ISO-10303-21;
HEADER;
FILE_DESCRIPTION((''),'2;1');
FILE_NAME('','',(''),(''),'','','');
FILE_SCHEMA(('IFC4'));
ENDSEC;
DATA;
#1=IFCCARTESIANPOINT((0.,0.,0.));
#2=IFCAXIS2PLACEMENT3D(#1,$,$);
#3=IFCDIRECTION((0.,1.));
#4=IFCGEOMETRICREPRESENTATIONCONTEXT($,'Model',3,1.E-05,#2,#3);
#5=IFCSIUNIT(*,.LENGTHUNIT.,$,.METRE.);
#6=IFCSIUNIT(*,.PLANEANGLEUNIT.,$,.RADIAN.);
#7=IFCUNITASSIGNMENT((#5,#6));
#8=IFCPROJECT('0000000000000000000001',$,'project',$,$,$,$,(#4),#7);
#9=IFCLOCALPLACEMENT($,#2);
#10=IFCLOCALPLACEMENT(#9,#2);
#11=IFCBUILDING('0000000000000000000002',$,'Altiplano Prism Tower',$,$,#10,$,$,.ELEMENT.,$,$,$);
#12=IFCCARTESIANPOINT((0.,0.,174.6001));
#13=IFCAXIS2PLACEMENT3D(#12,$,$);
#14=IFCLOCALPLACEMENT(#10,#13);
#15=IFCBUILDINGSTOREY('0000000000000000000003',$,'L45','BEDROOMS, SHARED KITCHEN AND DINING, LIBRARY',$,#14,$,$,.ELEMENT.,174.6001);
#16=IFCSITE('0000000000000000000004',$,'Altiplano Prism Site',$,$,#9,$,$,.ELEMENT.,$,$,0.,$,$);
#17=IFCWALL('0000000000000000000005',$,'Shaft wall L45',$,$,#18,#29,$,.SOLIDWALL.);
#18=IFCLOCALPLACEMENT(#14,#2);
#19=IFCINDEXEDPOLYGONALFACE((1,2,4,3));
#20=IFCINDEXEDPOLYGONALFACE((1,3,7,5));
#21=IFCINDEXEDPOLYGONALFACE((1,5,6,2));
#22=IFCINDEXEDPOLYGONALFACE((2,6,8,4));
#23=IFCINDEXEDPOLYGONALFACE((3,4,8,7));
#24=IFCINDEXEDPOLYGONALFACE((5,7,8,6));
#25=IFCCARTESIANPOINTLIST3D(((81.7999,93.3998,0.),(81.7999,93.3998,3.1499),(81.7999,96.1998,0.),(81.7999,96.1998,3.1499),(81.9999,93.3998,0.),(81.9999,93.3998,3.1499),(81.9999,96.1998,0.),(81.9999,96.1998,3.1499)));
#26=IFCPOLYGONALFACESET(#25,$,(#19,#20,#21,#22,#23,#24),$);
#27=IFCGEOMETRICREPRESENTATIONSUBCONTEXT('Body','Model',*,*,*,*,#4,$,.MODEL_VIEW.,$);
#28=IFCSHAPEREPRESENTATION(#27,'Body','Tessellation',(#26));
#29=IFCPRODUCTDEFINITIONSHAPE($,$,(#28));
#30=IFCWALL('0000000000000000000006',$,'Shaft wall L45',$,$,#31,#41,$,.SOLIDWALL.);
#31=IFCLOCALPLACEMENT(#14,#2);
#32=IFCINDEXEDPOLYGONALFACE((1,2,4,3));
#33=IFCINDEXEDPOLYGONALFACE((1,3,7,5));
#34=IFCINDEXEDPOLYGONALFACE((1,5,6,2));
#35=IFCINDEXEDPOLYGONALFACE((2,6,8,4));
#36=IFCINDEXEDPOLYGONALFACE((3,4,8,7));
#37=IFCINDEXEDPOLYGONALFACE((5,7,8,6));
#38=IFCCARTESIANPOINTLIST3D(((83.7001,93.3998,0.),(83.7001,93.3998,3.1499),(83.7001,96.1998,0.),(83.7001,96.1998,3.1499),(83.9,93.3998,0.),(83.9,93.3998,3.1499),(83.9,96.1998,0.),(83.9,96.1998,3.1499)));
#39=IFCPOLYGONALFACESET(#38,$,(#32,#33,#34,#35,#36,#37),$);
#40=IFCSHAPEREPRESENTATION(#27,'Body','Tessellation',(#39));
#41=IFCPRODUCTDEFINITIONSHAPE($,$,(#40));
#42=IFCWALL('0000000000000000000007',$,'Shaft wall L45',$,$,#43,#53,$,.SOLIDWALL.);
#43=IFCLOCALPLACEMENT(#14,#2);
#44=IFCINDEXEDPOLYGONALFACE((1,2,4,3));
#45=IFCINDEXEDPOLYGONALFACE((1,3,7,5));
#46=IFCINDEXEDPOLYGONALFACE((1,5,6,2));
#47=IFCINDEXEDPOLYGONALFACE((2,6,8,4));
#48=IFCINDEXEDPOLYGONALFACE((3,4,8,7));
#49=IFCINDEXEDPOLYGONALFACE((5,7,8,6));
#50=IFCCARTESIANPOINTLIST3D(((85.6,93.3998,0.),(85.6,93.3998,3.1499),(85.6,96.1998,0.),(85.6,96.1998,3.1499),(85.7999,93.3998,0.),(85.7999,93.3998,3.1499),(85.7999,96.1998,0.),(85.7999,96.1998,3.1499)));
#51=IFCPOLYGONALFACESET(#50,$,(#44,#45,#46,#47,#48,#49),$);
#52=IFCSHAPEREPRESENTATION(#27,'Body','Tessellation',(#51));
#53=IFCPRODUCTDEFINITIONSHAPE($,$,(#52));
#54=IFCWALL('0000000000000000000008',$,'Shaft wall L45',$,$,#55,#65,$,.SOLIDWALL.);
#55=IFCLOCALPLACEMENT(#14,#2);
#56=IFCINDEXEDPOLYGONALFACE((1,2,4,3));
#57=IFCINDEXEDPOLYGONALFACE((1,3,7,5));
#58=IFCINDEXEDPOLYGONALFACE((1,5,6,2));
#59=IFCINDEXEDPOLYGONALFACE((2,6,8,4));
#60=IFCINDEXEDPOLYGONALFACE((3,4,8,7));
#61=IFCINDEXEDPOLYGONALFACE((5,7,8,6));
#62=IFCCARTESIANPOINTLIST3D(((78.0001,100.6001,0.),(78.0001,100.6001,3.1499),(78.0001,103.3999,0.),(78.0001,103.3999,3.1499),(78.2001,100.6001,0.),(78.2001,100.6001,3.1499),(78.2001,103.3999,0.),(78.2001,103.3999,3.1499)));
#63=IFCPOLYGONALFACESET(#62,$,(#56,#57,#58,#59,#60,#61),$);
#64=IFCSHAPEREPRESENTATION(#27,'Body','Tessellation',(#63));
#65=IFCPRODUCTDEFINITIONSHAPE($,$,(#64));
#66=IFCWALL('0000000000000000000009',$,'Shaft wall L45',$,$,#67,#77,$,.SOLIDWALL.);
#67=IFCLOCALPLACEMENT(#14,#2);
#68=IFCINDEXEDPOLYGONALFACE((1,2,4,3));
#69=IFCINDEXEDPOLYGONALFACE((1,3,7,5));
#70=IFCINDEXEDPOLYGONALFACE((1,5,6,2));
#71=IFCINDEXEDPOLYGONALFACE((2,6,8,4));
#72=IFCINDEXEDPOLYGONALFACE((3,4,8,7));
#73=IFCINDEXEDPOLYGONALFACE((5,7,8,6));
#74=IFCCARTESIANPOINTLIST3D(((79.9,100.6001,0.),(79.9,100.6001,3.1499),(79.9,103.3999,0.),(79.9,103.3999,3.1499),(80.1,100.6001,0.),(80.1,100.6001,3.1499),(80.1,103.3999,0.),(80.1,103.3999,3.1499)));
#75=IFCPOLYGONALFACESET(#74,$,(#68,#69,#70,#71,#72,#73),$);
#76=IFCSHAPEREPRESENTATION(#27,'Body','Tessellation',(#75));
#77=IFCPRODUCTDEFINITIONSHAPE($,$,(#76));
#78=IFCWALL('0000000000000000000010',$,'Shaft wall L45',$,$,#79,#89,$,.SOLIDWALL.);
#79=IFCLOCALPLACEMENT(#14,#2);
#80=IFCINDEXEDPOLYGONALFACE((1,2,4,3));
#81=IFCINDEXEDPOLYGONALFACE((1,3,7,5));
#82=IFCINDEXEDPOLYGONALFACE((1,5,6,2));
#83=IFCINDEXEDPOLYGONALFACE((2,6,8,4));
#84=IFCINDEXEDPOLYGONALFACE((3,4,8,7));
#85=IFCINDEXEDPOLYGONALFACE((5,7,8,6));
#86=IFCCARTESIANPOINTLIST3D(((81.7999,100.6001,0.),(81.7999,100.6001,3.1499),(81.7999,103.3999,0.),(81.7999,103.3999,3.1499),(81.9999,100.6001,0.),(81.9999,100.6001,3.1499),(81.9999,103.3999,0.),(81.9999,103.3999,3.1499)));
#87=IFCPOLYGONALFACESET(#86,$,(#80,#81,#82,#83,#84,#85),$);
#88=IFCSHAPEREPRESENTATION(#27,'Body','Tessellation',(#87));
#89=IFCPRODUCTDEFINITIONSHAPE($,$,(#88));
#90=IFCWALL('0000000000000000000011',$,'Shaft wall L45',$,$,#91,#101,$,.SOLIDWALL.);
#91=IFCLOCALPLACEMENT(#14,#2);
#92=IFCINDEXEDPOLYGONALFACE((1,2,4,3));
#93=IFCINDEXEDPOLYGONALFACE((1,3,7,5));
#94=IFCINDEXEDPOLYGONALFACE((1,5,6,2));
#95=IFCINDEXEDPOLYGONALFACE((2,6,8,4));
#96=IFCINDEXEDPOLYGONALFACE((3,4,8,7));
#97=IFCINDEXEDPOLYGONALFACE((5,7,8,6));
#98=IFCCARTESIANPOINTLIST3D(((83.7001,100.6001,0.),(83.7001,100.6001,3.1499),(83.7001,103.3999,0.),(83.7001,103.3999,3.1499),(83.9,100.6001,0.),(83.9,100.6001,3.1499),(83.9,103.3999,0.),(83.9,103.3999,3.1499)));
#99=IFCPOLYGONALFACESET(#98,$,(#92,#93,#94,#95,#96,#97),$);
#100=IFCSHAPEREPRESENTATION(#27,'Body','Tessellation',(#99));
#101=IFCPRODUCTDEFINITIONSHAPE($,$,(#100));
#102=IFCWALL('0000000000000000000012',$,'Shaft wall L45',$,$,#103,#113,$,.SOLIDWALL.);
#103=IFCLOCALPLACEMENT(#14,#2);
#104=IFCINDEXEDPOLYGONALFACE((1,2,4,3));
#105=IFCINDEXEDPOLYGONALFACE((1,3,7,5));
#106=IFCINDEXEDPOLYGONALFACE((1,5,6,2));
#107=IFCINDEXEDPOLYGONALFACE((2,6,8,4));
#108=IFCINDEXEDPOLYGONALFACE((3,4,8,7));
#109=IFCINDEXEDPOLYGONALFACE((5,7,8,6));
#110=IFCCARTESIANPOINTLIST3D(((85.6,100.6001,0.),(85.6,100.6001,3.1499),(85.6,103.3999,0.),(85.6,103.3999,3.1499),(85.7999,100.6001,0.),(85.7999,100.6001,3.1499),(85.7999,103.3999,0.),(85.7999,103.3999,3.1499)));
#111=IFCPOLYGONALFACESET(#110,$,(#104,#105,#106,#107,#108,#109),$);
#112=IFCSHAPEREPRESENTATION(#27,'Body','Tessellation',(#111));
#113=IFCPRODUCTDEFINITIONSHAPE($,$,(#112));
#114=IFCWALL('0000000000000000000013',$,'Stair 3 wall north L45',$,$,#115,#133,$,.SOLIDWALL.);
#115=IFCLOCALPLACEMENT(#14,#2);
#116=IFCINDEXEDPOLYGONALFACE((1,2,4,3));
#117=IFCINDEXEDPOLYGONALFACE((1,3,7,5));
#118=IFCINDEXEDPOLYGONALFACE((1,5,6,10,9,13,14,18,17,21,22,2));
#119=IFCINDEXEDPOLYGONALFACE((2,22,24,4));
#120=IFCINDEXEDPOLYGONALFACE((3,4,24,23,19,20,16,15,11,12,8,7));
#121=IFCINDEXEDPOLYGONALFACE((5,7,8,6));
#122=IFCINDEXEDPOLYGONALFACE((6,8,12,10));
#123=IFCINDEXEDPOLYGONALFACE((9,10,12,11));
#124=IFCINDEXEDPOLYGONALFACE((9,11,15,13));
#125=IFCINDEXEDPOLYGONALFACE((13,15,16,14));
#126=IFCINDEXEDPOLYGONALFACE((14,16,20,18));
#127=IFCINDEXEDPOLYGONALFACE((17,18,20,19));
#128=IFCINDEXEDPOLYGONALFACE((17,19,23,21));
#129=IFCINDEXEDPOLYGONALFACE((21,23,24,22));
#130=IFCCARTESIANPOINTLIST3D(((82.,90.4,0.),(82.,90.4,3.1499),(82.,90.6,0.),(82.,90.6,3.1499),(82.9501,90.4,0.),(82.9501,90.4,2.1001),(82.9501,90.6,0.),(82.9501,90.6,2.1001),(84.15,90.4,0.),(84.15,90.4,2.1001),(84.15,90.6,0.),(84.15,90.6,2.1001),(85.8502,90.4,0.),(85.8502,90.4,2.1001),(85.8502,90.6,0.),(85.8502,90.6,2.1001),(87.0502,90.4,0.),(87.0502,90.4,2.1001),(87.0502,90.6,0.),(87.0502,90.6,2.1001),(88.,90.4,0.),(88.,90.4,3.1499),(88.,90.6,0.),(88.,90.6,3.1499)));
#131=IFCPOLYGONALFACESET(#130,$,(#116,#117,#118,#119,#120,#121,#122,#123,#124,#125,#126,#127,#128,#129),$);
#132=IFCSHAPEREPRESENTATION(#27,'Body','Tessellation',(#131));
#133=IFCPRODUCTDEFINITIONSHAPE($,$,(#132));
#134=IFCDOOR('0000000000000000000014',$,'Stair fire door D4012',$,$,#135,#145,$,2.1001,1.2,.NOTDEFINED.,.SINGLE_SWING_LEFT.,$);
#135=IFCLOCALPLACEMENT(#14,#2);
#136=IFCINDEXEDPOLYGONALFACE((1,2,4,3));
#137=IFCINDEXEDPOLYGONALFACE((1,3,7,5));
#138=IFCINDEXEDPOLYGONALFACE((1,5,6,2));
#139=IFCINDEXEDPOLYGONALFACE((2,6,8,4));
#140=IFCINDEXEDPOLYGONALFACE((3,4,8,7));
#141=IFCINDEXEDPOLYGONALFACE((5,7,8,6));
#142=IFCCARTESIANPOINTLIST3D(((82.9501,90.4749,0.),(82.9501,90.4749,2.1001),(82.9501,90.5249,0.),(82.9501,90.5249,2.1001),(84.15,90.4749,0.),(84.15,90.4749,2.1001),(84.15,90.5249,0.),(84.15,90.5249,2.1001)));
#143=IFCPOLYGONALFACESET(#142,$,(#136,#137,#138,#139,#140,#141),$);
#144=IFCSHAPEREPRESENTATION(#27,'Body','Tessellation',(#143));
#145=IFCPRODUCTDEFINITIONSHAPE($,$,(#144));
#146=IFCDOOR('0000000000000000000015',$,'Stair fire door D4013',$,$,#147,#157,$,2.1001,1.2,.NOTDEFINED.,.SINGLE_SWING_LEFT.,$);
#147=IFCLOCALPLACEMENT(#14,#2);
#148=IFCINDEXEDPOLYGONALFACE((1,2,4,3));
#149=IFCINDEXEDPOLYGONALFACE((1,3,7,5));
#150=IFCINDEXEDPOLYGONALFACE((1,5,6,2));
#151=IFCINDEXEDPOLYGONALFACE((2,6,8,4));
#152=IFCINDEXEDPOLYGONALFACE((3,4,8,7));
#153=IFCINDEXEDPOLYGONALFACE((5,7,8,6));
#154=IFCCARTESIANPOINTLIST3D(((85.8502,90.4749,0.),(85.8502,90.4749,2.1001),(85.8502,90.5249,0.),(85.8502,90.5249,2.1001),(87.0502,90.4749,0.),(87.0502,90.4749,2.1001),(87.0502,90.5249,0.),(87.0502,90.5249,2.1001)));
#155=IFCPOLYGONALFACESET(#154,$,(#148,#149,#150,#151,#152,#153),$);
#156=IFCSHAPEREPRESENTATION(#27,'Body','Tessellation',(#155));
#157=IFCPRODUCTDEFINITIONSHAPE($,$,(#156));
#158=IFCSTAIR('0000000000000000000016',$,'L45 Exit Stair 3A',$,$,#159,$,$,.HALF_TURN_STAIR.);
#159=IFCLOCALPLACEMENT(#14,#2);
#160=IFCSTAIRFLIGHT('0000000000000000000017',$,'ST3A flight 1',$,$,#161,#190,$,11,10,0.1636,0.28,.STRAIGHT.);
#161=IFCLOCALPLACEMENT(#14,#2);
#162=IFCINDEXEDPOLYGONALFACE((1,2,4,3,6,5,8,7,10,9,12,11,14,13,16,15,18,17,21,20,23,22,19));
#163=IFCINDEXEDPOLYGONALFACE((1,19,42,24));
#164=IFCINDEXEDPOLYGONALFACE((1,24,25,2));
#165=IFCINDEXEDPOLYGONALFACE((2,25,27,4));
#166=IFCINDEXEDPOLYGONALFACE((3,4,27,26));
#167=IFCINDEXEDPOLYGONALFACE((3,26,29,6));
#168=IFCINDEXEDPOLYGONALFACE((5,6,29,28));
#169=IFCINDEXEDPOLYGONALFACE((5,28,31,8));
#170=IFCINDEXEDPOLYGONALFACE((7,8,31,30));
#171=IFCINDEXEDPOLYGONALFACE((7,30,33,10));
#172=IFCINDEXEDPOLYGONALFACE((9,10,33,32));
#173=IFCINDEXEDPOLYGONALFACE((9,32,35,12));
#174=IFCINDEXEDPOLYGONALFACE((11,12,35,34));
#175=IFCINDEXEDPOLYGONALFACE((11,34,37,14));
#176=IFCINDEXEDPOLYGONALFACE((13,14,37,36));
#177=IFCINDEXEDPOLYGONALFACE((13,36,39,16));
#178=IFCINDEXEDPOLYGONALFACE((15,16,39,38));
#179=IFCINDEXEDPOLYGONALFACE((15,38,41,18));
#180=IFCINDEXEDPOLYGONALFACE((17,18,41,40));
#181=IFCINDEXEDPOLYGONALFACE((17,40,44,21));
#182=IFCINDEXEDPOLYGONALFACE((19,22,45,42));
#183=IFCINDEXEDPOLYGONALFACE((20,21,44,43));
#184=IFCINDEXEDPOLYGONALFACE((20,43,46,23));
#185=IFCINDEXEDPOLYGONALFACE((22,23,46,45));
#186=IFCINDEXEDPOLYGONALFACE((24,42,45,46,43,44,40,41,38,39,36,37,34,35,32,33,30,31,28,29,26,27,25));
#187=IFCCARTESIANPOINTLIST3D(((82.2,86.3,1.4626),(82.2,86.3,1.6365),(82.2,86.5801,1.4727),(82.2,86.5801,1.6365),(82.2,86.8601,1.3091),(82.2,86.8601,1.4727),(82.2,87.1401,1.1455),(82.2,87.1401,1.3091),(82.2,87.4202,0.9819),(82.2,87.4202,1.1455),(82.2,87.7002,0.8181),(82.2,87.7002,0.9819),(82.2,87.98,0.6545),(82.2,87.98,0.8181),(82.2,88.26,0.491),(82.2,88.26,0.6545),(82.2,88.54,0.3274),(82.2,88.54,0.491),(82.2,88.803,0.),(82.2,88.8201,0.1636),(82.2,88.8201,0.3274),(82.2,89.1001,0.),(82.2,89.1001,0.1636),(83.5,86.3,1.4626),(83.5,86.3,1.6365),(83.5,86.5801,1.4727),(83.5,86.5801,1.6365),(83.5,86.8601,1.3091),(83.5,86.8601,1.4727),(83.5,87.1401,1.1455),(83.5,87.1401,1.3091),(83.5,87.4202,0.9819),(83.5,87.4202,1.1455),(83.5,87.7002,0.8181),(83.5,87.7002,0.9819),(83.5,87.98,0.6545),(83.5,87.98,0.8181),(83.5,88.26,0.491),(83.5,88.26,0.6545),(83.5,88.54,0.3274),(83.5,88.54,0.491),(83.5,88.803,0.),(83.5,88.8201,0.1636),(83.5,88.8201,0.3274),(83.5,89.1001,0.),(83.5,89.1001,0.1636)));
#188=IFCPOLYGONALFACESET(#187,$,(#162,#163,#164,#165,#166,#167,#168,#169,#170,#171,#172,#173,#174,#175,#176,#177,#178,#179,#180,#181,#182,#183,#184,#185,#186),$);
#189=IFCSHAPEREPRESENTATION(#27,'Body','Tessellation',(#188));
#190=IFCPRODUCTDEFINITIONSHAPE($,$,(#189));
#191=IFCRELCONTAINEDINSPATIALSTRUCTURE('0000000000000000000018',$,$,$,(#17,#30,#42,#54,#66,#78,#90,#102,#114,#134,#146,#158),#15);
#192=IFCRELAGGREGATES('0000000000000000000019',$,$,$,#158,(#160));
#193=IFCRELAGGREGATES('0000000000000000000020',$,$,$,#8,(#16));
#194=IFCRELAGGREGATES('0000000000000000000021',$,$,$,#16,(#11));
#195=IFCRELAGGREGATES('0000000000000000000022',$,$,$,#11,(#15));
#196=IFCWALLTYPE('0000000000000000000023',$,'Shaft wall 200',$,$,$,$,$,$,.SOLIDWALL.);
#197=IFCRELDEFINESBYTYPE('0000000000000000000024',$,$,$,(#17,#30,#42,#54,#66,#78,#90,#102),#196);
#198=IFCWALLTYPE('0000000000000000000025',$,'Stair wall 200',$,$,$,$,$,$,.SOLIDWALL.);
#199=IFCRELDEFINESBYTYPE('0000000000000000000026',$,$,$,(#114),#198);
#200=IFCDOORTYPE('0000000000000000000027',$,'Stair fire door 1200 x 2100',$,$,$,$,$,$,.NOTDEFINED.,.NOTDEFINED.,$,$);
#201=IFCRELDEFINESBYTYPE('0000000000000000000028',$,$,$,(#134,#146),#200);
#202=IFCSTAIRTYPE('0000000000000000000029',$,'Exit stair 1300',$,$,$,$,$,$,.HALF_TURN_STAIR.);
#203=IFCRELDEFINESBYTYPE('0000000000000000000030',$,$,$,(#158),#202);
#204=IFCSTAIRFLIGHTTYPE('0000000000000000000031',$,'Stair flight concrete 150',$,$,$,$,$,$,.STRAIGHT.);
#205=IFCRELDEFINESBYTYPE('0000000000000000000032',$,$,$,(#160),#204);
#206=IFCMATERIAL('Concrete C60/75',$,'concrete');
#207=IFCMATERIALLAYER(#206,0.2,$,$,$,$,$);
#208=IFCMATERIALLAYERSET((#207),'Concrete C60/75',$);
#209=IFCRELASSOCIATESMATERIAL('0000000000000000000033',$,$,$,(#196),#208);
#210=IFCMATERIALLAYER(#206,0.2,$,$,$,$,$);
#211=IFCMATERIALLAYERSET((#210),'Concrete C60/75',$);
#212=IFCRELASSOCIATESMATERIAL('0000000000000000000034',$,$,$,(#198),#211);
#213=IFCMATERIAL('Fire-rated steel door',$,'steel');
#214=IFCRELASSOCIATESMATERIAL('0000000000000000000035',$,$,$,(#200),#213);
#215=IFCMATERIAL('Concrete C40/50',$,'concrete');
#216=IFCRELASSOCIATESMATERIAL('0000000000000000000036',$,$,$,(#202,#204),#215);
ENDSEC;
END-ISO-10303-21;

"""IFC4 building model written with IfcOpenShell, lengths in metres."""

from ifc_helpers import new_model, si_unit, direction, frame, frame_2d, origin, place, context, subcontext, project, spatial, polyline, rectangle, outline, extrude, material, layer, layer_set, type_object, element, fill, aggregate, save


model = new_model("IFC4")

# Units and contexts
model_context = context("Model", 3, precision=1e-05, world=origin(), true_north=direction((0.0, 1.0)))
body_context = subcontext(model_context, "Body", "Model", "MODEL_VIEW")
ifc_project = project(units=[si_unit("LENGTHUNIT", "METRE"), si_unit("PLANEANGLEUNIT", "RADIAN")], contexts=[model_context])

# Site, building, storey
site_placement = place(None, origin())
site = spatial("IfcSite", under=ifc_project, at=site_placement, Name="Altiplano Prism Site", CompositionType="ELEMENT", RefElevation=0.0)
building_placement = place(site_placement, origin())
building = spatial("IfcBuilding", under=site, at=building_placement, Name="Altiplano Prism Tower", CompositionType="ELEMENT")
storey_placement = place(building_placement, frame((0.0, 0.0, 174.6001)))
storey = spatial("IfcBuildingStorey", under=building, at=storey_placement, Name="L45", Description="BEDROOMS, SHARED KITCHEN AND DINING, LIBRARY", CompositionType="ELEMENT", Elevation=174.6001)

# Walls
ifc_material_1 = material(Name="Concrete C60/75", Category="concrete")
ifc_layer_1 = layer(ifc_material_1, 0.2)
ifc_layer_set_1 = layer_set([ifc_layer_1], Name="Concrete C60/75")
wall_type_1 = type_object("IfcWallType", Name="Shaft wall 200", PredefinedType="SOLIDWALL", material=ifc_layer_set_1)
for number, where, z_axis, x_axis, name in (
    (1, (81.8999, 93.3999, 0.0), (0.0, 0.0, 1.0), (0.0, 1.0, 0.0), "Shaft wall L45"),
    (2, (83.8, 93.3999, 0.0), (0.0, 0.0, 1.0), (0.0, 1.0, 0.0), "Shaft wall L45"),
    (3, (85.7, 93.3999, 0.0), (0.0, 0.0, 1.0), (0.0, 1.0, 0.0), "Shaft wall L45"),
):
    element("IfcWall", number, at=place(storey_placement, frame(where, z_axis=z_axis, x_axis=x_axis)), inside=storey, type_object=wall_type_1, Name=name, PredefinedType="SOLIDWALL", context=body_context, shape_type="SweptSolid", body=[
        extrude(rectangle(XDim=2.8, YDim=0.2, at=frame_2d((1.3999, 0.0))), origin(), (0.0, 0.0, 1.0), 3.1499),
    ])
for number, where, z_axis, x_axis, name in (
    (4, (78.1001, 100.6001, 0.0), (0.0, 0.0, 1.0), (0.0, 1.0, 0.0), "Shaft wall L45"),
    (5, (80.0, 100.6001, 0.0), (0.0, 0.0, 1.0), (0.0, 1.0, 0.0), "Shaft wall L45"),
    (6, (81.8999, 100.6001, 0.0), (0.0, 0.0, 1.0), (0.0, 1.0, 0.0), "Shaft wall L45"),
    (7, (83.8, 100.6001, 0.0), (0.0, 0.0, 1.0), (0.0, 1.0, 0.0), "Shaft wall L45"),
    (8, (85.7, 100.6001, 0.0), (0.0, 0.0, 1.0), (0.0, 1.0, 0.0), "Shaft wall L45"),
):
    element("IfcWall", number, at=place(storey_placement, frame(where, z_axis=z_axis, x_axis=x_axis)), inside=storey, type_object=wall_type_1, Name=name, PredefinedType="SOLIDWALL", context=body_context, shape_type="SweptSolid", body=[
        extrude(rectangle(XDim=2.7998, YDim=0.2, at=frame_2d((1.3999, 0.0))), origin(), (0.0, 0.0, 1.0), 3.1499),
    ])

# Wall, openings, doors
ifc_layer_2 = layer(ifc_material_1, 0.2)
ifc_layer_set_2 = layer_set([ifc_layer_2], Name="Concrete C60/75")
wall_type_2 = type_object("IfcWallType", Name="Stair wall 200", PredefinedType="SOLIDWALL", material=ifc_layer_set_2)
wall_placement = place(storey_placement, frame((82.0, 90.5, 0.0), z_axis=(0.0, 0.0, 1.0), x_axis=(1.0, 0.0, 0.0)))
wall = element("IfcWall", 9, at=wall_placement, inside=storey, type_object=wall_type_2, Name="Stair 3 wall north L45", PredefinedType="SOLIDWALL", context=body_context, shape_type="SweptSolid", body=[
    extrude(rectangle(XDim=6.0, YDim=0.2, at=frame_2d((3.0, 0.0))), origin(), (0.0, 0.0, 1.0), 3.1499),
])
opening_1_placement = place(wall_placement, frame((0.95, 0.0, 0.0)))
opening_1 = element("IfcOpeningElement", 10, at=opening_1_placement, cuts=wall, PredefinedType="OPENING", context=body_context, shape_type="SweptSolid", body=[
    extrude(rectangle(XDim=1.2, YDim=2.1001, at=frame_2d((0.6001, 1.05))), frame((0.0, 0.1104, 0.0), z_axis=(0.0, -1.0, 0.0), x_axis=(1.0, 0.0, 0.0)), (0.0, 0.0, 1.0), 0.2209),
])
opening_2_placement = place(wall_placement, frame((3.8501, 0.0, 0.0)))
opening_2 = element("IfcOpeningElement", 11, at=opening_2_placement, cuts=wall, PredefinedType="OPENING", context=body_context, shape_type="SweptSolid", body=[
    extrude(rectangle(XDim=1.2, YDim=2.1001, at=frame_2d((0.6001, 1.05))), frame((0.0, 0.1104, 0.0), z_axis=(0.0, -1.0, 0.0), x_axis=(1.0, 0.0, 0.0)), (0.0, 0.0, 1.0), 0.2209),
])
ifc_material_2 = material(Name="Fire-rated steel door", Category="steel")
door_type = type_object("IfcDoorType", Name="Stair fire door 1200 x 2100", OperationType="NOTDEFINED", PredefinedType="NOTDEFINED", material=ifc_material_2)
door_1_placement = place(opening_1_placement, origin())
door_1 = element("IfcDoor", 12, at=door_1_placement, inside=storey, type_object=door_type, Name="Stair fire door D4012", OperationType="SINGLE_SWING_LEFT", OverallHeight=2.1001, OverallWidth=1.2, PredefinedType="NOTDEFINED", context=body_context, shape_type="SweptSolid", body=[
    extrude(rectangle(XDim=1.2, YDim=2.1001, at=frame_2d((0.6001, 1.05))), frame((0.0, 0.0249, 0.0), z_axis=(0.0, -1.0, 0.0), x_axis=(1.0, 0.0, 0.0)), (0.0, 0.0, 1.0), 0.05),
])
fill(opening_1, door_1)
door_2_placement = place(opening_2_placement, origin())
door_2 = element("IfcDoor", 13, at=door_2_placement, inside=storey, type_object=door_type, Name="Stair fire door D4013", OperationType="SINGLE_SWING_LEFT", OverallHeight=2.1001, OverallWidth=1.2, PredefinedType="NOTDEFINED", context=body_context, shape_type="SweptSolid", body=[
    extrude(rectangle(XDim=1.2, YDim=2.1001, at=frame_2d((0.6001, 1.05))), frame((0.0, 0.0249, 0.0), z_axis=(0.0, -1.0, 0.0), x_axis=(1.0, 0.0, 0.0)), (0.0, 0.0, 1.0), 0.05),
])
fill(opening_2, door_2)

# Stair, stair flight
ifc_material_3 = material(Name="Concrete C40/50", Category="concrete")
stair_type = type_object("IfcStairType", Name="Exit stair 1300", PredefinedType="HALF_TURN_STAIR", material=ifc_material_3)
stair_1_placement = place(storey_placement, origin())
stair_1 = element("IfcStair", 14, at=stair_1_placement, inside=storey, type_object=stair_type, Name="L45 Exit Stair 3A", PredefinedType="HALF_TURN_STAIR")
stair_flight_type = type_object("IfcStairFlightType", Name="Stair flight concrete 150", PredefinedType="STRAIGHT", material=ifc_material_3)
stair_flight_1_placement = place(storey_placement, frame((82.8501, 89.1001, 0.0), z_axis=(0.0, 0.0, 1.0), x_axis=(0.0, -1.0, 0.0)))
stair_flight_1 = element("IfcStairFlight", 15, at=stair_flight_1_placement, type_object=stair_flight_type, Name="ST3A flight 1", NumberOfRisers=11, NumberOfTreads=10, PredefinedType="STRAIGHT", RiserHeight=0.1636, TreadLength=0.28, context=body_context, shape_type="SweptSolid", body=[
    extrude(outline(polyline([(0.0, 0.0), (0.0, 0.1636), (0.28, 0.1636), (0.28, 0.3274), (0.5601, 0.3274), (0.5601, 0.491), (0.8401, 0.491), (0.8401, 0.6545), (1.1201, 0.6545), (1.1201, 0.8181), (1.3999, 0.8181), (1.3999, 0.9819), (1.6799, 0.9819), (1.6799, 1.1455), (1.96, 1.1455), (1.96, 1.3091), (2.24, 1.3091), (2.24, 1.4727), (2.52, 1.4727), (2.52, 1.6365), (2.8, 1.6365), (2.8, 1.8), (2.8, 1.4626), (0.2971, 0.0), (0.0, 0.0)])), frame((0.0, 0.6499, 0.0), z_axis=(0.0, -1.0, 0.0), x_axis=(1.0, 0.0, 0.0)), (0.0, 0.0, 1.0), 1.3),
])
aggregate(stair_1, [stair_flight_1])

save(model, "model.ifc")
